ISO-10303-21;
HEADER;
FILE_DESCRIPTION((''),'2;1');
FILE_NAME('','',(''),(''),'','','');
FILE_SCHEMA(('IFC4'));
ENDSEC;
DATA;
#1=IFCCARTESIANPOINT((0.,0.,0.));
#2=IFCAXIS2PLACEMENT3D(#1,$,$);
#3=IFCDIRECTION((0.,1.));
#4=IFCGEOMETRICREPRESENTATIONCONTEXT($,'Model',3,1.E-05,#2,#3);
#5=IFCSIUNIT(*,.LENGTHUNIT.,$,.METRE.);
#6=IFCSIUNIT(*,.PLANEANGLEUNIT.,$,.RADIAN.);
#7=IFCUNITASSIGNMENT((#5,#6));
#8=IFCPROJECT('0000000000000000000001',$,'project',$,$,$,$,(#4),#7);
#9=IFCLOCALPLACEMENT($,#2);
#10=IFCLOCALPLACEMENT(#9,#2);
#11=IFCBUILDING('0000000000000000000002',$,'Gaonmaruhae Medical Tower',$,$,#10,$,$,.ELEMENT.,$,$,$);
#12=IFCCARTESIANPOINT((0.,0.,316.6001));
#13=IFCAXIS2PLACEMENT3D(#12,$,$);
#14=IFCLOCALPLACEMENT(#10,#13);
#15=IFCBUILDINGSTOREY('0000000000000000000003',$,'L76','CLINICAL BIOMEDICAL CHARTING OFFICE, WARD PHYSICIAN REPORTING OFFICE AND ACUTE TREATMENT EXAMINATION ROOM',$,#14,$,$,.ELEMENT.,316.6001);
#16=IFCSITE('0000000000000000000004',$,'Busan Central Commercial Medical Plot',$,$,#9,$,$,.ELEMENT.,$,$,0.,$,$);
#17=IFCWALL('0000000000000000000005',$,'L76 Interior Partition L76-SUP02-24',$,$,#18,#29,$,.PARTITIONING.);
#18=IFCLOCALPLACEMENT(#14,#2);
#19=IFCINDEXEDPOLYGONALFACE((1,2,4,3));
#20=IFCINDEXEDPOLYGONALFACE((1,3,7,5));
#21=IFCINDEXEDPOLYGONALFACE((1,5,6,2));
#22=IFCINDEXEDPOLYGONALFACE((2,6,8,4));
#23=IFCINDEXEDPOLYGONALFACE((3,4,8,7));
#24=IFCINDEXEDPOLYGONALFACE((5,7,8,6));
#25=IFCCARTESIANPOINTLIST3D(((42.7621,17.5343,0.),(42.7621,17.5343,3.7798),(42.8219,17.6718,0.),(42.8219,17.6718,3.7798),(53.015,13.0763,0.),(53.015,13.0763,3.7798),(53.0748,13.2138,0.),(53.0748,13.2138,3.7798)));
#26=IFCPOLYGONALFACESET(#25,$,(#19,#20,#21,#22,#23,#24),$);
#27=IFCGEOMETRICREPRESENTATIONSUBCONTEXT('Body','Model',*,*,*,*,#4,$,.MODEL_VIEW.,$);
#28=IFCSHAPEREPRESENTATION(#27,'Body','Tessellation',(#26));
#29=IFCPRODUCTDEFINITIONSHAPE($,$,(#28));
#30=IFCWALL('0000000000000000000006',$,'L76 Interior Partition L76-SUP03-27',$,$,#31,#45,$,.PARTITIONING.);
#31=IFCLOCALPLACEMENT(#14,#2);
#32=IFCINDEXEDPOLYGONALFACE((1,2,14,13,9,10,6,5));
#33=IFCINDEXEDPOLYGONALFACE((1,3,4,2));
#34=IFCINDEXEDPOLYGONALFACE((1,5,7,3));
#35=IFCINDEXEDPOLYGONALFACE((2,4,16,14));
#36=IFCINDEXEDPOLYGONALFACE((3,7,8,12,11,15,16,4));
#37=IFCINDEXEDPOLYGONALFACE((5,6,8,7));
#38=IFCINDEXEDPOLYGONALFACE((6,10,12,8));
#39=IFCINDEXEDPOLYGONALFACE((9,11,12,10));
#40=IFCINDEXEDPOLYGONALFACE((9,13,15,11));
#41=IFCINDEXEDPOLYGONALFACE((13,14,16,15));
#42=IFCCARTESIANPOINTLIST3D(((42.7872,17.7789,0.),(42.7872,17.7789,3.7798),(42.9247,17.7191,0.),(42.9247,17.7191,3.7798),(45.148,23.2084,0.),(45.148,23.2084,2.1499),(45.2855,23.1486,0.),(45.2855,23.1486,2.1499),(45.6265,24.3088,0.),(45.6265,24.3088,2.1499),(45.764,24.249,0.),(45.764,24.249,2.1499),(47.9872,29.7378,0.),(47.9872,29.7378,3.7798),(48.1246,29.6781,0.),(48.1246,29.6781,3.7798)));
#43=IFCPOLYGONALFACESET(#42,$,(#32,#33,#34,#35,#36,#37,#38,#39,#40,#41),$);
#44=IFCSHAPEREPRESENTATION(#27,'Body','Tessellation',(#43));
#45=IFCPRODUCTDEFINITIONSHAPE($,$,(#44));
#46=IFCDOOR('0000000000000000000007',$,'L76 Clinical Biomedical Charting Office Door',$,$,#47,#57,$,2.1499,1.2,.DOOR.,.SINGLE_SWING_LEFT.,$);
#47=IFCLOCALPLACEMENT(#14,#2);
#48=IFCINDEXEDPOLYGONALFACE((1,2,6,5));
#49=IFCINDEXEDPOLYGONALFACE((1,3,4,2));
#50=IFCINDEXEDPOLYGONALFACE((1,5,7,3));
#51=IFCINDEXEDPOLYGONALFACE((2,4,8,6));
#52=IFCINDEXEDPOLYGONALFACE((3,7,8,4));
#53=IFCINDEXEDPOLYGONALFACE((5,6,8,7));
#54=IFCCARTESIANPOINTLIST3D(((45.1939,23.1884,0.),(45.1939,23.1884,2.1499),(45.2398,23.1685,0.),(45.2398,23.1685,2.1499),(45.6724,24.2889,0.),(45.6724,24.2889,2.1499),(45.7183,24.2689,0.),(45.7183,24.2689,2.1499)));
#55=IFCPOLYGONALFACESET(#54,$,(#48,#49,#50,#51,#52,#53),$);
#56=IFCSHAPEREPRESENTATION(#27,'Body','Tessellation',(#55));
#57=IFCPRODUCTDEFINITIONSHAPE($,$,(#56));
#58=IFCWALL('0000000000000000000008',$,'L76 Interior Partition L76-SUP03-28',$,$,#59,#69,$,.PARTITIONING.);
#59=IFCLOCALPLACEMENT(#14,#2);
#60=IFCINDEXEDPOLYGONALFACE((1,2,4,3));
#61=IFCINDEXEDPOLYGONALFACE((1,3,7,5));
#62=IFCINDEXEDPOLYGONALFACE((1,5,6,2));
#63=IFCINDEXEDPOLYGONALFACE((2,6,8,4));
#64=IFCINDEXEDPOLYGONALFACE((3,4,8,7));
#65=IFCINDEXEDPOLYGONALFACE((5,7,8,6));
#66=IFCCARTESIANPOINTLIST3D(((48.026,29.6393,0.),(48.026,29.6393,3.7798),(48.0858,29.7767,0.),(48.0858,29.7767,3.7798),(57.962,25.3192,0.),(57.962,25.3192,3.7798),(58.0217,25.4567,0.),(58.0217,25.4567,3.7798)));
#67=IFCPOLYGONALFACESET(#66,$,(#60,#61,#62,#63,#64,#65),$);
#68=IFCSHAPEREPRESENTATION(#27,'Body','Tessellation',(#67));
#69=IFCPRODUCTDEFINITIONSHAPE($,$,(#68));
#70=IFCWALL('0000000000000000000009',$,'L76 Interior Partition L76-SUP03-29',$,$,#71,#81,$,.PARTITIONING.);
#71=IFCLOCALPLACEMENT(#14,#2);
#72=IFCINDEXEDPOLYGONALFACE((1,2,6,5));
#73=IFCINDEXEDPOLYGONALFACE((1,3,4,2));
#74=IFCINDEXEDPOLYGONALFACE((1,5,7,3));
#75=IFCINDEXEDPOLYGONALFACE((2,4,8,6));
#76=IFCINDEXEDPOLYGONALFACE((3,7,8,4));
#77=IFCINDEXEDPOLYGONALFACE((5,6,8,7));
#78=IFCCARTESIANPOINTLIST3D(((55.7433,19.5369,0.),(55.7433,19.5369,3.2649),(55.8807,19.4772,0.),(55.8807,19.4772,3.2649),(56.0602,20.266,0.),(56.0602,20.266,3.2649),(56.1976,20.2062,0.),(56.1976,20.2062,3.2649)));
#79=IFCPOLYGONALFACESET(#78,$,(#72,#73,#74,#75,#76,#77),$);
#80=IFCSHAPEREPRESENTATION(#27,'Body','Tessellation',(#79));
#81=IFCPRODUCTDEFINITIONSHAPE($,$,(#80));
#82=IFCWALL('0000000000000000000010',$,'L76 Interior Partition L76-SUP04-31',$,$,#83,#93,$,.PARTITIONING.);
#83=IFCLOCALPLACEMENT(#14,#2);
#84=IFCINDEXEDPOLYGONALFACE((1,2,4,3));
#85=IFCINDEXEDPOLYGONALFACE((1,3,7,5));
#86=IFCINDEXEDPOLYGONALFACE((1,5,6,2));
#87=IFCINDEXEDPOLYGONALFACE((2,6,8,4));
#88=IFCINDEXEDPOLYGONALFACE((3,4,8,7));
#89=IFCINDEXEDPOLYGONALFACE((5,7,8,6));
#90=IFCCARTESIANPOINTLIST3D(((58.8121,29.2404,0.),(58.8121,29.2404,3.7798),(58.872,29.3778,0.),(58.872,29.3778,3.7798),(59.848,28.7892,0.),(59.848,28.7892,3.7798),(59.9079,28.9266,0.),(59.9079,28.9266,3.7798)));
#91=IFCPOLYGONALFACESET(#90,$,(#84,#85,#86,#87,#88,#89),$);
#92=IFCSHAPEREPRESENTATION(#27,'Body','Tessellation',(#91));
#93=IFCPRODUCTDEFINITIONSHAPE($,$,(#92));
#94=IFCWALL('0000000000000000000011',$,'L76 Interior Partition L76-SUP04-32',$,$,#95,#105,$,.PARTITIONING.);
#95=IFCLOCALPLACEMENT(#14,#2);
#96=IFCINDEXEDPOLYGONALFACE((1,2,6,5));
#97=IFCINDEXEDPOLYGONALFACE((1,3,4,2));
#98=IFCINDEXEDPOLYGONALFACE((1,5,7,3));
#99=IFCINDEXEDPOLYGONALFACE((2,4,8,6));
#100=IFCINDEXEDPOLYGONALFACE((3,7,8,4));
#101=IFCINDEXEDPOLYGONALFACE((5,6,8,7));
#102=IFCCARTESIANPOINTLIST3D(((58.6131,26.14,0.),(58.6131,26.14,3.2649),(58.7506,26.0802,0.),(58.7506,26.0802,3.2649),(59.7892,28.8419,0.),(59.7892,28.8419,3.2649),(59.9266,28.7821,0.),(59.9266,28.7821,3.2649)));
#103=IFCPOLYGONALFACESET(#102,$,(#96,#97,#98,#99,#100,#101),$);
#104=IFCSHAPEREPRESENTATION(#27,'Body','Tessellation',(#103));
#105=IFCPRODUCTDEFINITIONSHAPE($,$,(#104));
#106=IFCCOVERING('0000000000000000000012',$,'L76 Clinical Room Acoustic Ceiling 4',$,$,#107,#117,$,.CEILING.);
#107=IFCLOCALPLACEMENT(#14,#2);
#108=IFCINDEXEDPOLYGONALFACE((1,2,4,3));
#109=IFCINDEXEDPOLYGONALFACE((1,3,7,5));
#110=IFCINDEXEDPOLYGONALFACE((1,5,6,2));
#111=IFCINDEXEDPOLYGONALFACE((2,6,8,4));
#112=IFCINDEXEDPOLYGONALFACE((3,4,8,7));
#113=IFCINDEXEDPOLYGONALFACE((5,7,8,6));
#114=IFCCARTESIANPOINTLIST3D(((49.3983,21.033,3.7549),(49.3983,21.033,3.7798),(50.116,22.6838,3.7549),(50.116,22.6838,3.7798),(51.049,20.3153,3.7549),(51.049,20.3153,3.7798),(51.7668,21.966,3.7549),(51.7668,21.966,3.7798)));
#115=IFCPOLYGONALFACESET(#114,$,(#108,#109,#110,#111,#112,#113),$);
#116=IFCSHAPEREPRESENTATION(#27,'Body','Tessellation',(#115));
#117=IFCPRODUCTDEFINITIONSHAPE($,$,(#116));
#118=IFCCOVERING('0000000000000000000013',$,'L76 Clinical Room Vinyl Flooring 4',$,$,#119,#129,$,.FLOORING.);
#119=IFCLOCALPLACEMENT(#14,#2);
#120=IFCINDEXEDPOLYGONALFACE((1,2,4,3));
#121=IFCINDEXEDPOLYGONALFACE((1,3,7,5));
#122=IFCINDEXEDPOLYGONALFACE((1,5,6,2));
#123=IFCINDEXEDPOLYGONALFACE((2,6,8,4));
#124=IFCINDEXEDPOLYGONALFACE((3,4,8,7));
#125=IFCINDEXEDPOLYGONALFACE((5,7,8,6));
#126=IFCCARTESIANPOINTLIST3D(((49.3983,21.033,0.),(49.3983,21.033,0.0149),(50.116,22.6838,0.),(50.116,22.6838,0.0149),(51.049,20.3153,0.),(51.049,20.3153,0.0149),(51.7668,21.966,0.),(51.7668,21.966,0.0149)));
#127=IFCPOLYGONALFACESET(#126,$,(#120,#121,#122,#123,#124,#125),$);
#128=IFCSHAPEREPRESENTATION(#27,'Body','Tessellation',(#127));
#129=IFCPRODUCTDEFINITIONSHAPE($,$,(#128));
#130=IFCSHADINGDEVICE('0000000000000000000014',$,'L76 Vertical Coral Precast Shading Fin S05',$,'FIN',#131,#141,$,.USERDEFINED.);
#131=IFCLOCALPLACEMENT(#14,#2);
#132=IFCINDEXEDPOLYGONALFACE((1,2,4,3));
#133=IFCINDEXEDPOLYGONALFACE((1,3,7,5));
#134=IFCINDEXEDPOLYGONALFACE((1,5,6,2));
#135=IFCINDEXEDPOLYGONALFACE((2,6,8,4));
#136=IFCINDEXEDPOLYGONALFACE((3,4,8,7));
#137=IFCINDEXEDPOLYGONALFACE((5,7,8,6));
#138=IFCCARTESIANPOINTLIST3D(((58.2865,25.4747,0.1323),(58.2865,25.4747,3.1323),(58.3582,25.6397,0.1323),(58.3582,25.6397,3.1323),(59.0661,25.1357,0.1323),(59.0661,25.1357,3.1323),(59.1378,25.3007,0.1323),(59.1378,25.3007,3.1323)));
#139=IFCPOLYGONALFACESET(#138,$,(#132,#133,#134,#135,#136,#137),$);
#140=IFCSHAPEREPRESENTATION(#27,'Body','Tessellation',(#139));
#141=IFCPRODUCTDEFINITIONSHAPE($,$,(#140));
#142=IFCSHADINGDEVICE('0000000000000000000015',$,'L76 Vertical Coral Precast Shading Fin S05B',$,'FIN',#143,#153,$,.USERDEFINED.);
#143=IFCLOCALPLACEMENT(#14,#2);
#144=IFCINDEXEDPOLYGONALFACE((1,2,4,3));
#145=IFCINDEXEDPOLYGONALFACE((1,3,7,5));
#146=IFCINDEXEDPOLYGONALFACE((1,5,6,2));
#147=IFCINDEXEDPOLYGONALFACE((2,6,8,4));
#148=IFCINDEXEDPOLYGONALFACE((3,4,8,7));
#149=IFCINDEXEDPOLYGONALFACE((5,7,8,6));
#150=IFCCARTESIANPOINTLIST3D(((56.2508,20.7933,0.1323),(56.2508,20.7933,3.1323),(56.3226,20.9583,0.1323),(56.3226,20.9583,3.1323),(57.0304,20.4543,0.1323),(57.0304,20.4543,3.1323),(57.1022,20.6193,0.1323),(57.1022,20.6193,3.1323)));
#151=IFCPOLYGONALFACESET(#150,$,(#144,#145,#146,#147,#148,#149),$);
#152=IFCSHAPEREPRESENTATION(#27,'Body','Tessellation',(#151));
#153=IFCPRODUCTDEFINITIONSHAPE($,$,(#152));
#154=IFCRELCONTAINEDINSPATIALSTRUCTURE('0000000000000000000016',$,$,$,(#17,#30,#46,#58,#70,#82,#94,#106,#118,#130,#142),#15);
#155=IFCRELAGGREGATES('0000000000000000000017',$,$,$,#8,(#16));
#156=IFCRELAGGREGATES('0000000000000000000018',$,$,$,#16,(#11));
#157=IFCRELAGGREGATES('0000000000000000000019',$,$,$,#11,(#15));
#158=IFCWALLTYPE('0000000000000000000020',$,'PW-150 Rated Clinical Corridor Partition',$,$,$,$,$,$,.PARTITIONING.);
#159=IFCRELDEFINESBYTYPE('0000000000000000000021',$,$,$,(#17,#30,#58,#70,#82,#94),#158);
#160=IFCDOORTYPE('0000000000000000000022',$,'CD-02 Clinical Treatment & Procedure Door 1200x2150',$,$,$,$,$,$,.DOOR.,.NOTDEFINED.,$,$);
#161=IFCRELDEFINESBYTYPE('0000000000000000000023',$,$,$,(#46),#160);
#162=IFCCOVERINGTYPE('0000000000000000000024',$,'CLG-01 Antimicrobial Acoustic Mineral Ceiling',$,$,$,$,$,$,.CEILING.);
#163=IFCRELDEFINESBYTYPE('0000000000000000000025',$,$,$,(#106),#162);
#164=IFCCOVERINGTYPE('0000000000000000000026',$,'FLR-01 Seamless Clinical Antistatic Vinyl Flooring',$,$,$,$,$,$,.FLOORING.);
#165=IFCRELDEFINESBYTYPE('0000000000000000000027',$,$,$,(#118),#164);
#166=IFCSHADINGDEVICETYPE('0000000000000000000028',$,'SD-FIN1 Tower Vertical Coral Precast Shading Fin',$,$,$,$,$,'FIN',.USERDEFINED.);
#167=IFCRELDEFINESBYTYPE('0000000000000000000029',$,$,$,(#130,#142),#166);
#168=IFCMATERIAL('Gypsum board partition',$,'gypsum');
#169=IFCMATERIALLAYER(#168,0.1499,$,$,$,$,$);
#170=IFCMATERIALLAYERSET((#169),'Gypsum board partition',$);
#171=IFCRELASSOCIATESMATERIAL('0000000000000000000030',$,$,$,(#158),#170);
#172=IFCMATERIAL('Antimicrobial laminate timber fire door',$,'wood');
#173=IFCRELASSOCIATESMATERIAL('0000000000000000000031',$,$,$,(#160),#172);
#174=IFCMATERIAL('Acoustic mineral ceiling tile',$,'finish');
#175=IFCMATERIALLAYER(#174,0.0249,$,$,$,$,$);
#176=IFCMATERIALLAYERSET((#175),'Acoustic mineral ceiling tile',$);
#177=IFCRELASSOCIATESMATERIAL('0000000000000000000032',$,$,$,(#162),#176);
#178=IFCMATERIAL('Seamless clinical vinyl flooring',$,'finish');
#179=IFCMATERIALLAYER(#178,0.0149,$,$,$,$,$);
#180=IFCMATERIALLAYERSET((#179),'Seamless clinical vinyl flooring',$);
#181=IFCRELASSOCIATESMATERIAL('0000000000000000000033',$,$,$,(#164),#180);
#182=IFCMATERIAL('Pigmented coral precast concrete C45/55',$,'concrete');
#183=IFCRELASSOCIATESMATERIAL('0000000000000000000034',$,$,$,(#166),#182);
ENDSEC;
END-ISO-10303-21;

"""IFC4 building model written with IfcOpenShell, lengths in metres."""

from ifc_helpers import new_model, si_unit, direction, frame, frame_2d, origin, origin_2d, place, context, subcontext, project, spatial, rectangle, extrude, material, layer, layer_set, type_object, element, fill, save


model = new_model("IFC4")

# Units and contexts
model_context = context("Model", 3, precision=1e-05, world=origin(), true_north=direction((0.0, 1.0)))
body_context = subcontext(model_context, "Body", "Model", "MODEL_VIEW")
ifc_project = project(units=[si_unit("LENGTHUNIT", "METRE"), si_unit("PLANEANGLEUNIT", "RADIAN")], contexts=[model_context])

# Site, building, storey
site_placement = place(None, origin())
site = spatial("IfcSite", under=ifc_project, at=site_placement, Name="Busan Central Commercial Medical Plot", CompositionType="ELEMENT", RefElevation=0.0)
building_placement = place(site_placement, origin())
building = spatial("IfcBuilding", under=site, at=building_placement, Name="Gaonmaruhae Medical Tower", CompositionType="ELEMENT")
storey_placement = place(building_placement, frame((0.0, 0.0, 316.6001)))
storey = spatial("IfcBuildingStorey", under=building, at=storey_placement, Name="L76", Description="CLINICAL BIOMEDICAL CHARTING OFFICE, WARD PHYSICIAN REPORTING OFFICE AND ACUTE TREATMENT EXAMINATION ROOM", CompositionType="ELEMENT", Elevation=316.6001)

# Wall
ifc_material_1 = material(Name="Gypsum board partition", Category="gypsum")
ifc_layer_1 = layer(ifc_material_1, 0.1499)
ifc_layer_set_1 = layer_set([ifc_layer_1], Name="Gypsum board partition")
wall_type_1 = type_object("IfcWallType", Name="PW-150 Rated Clinical Corridor Partition", PredefinedType="PARTITIONING", material=ifc_layer_set_1)
wall_1_placement = place(storey_placement, frame((42.792, 17.603, 0.0), z_axis=(0.0, 0.0, 1.0), x_axis=(0.917063, -0.398742, 0.0)))
element("IfcWall", 1, at=wall_1_placement, inside=storey, type_object=wall_type_1, Name="L76 Interior Partition L76-SUP02-24", PredefinedType="PARTITIONING", context=body_context, shape_type="SweptSolid", body=[
    extrude(rectangle(XDim=11.1802, YDim=0.1499, at=frame_2d((5.5901, 0.0))), origin(), (0.0, 0.0, 1.0), 3.7798),
])

# Wall, opening, door
wall_2_placement = place(storey_placement, frame((42.856, 17.749, 0.0), z_axis=(0.0, 0.0, 1.0), x_axis=(0.398751, 0.917059, 0.0)))
wall_2 = element("IfcWall", 2, at=wall_2_placement, inside=storey, type_object=wall_type_1, Name="L76 Interior Partition L76-SUP03-27", PredefinedType="PARTITIONING", context=body_context, shape_type="SweptSolid", body=[
    extrude(rectangle(XDim=13.0405, YDim=0.1499, at=frame_2d((6.5203, 0.0))), origin(), (0.0, 0.0, 1.0), 3.7798),
])
opening_1_placement = place(wall_2_placement, frame((5.9204, 0.0, 0.0)))
opening_1 = element("IfcOpeningElement", 3, at=opening_1_placement, cuts=wall_2, PredefinedType="OPENING", context=body_context, shape_type="SweptSolid", body=[
    extrude(rectangle(XDim=1.2, YDim=2.1499, at=frame_2d((0.6001, 1.075))), frame((0.0, 0.085, 0.0), z_axis=(0.0, -1.0, 0.0), x_axis=(1.0, 0.0, 0.0)), (0.0, 0.0, 1.0), 0.1699),
])
ifc_material_2 = material(Name="Antimicrobial laminate timber fire door", Category="wood")
door_type = type_object("IfcDoorType", Name="CD-02 Clinical Treatment & Procedure Door 1200x2150", OperationType="NOTDEFINED", PredefinedType="DOOR", material=ifc_material_2)
door_1_placement = place(opening_1_placement, origin())
door_1 = element("IfcDoor", 4, at=door_1_placement, inside=storey, type_object=door_type, Name="L76 Clinical Biomedical Charting Office Door", OperationType="SINGLE_SWING_LEFT", OverallHeight=2.1499, OverallWidth=1.2, PredefinedType="DOOR", context=body_context, shape_type="SweptSolid", body=[
    extrude(rectangle(XDim=1.2, YDim=2.1499, at=frame_2d((0.6001, 1.075))), frame((0.0, 0.0249, 0.0), z_axis=(0.0, -1.0, 0.0), x_axis=(1.0, 0.0, 0.0)), (0.0, 0.0, 1.0), 0.05),
])
fill(opening_1, door_1)

# Walls
wall_3_placement = place(storey_placement, frame((48.0559, 29.708, 0.0), z_axis=(0.0, 0.0, 1.0), x_axis=(0.917068, -0.39873, 0.0)))
element("IfcWall", 5, at=wall_3_placement, inside=storey, type_object=wall_type_1, Name="L76 Interior Partition L76-SUP03-28", PredefinedType="PARTITIONING", context=body_context, shape_type="SweptSolid", body=[
    extrude(rectangle(XDim=10.8345, YDim=0.1499, at=frame_2d((5.4172, 0.0))), origin(), (0.0, 0.0, 1.0), 3.7798),
])
wall_4_placement = place(storey_placement, frame((56.1289, 20.2361, 0.0), z_axis=(0.0, 0.0, 1.0), x_axis=(-0.398659, -0.917099, 0.0)))
element("IfcWall", 6, at=wall_4_placement, inside=storey, type_object=wall_type_1, Name="L76 Interior Partition L76-SUP03-29", PredefinedType="PARTITIONING", context=body_context, shape_type="SweptSolid", body=[
    extrude(rectangle(XDim=0.7949, YDim=0.1499, at=frame_2d((0.3975, 0.0))), origin(), (0.0, 0.0, 1.0), 3.2649),
])
wall_5_placement = place(storey_placement, frame((58.842, 29.3091, 0.0), z_axis=(0.0, 0.0, 1.0), x_axis=(0.916816, -0.399311, 0.0)))
element("IfcWall", 7, at=wall_5_placement, inside=storey, type_object=wall_type_1, Name="L76 Interior Partition L76-SUP04-31", PredefinedType="PARTITIONING", context=body_context, shape_type="SweptSolid", body=[
    extrude(rectangle(XDim=1.1299, YDim=0.1499, at=frame_2d((0.5649, 0.0))), origin(), (0.0, 0.0, 1.0), 3.7798),
])
wall_6_placement = place(storey_placement, frame((59.8579, 28.812, 0.0), z_axis=(0.0, 0.0, 1.0), x_axis=(-0.399093, -0.916911, 0.0)))
element("IfcWall", 8, at=wall_6_placement, inside=storey, type_object=wall_type_1, Name="L76 Interior Partition L76-SUP04-32", PredefinedType="PARTITIONING", context=body_context, shape_type="SweptSolid", body=[
    extrude(rectangle(XDim=2.9468, YDim=0.1499, at=frame_2d((1.4734, 0.0))), origin(), (0.0, 0.0, 1.0), 3.2649),
])

# Coverings
ifc_material_3 = material(Name="Acoustic mineral ceiling tile", Category="finish")
ifc_layer_2 = layer(ifc_material_3, 0.0249)
ifc_layer_set_2 = layer_set([ifc_layer_2], Name="Acoustic mineral ceiling tile")
covering_type_1 = type_object("IfcCoveringType", Name="CLG-01 Antimicrobial Acoustic Mineral Ceiling", PredefinedType="CEILING", material=ifc_layer_set_2)
covering_1_placement = place(storey_placement, frame((50.5825, 21.4995, 3.7549), z_axis=(0.0, 0.0, 1.0), x_axis=(0.398749, 0.91706, 0.0)))
element("IfcCovering", 9, at=covering_1_placement, inside=storey, type_object=covering_type_1, Name="L76 Clinical Room Acoustic Ceiling 4", PredefinedType="CEILING", context=body_context, shape_type="SweptSolid", body=[
    extrude(rectangle(XDim=1.8, YDim=1.8, at=origin_2d()), origin(), (0.0, 0.0, 1.0), 0.0249),
])
ifc_material_4 = material(Name="Seamless clinical vinyl flooring", Category="finish")
ifc_layer_3 = layer(ifc_material_4, 0.0149)
ifc_layer_set_3 = layer_set([ifc_layer_3], Name="Seamless clinical vinyl flooring")
covering_type_2 = type_object("IfcCoveringType", Name="FLR-01 Seamless Clinical Antistatic Vinyl Flooring", PredefinedType="FLOORING", material=ifc_layer_set_3)
covering_2_placement = place(storey_placement, frame((50.5825, 21.4995, 0.0), z_axis=(0.0, 0.0, 1.0), x_axis=(0.398749, 0.91706, 0.0)))
element("IfcCovering", 10, at=covering_2_placement, inside=storey, type_object=covering_type_2, Name="L76 Clinical Room Vinyl Flooring 4", PredefinedType="FLOORING", context=body_context, shape_type="SweptSolid", body=[
    extrude(rectangle(XDim=1.8, YDim=1.8, at=origin_2d()), origin(), (0.0, 0.0, 1.0), 0.0149),
])

# Shading devices
ifc_material_5 = material(Name="Pigmented coral precast concrete C45/55", Category="concrete")
shading_device_type = type_object("IfcShadingDeviceType", Name="SD-FIN1 Tower Vertical Coral Precast Shading Fin", ElementType="FIN", PredefinedType="USERDEFINED", material=ifc_material_5)
for number, where, z_axis, x_axis, name in (
    (11, (58.7122, 25.3877, 0.1323), (0.0, 0.0, 1.0), (-0.398749, -0.91706, 0.0), "L76 Vertical Coral Precast Shading Fin S05"),
    (12, (56.6765, 20.7063, 0.1323), (0.0, 0.0, 1.0), (-0.398749, -0.91706, 0.0), "L76 Vertical Coral Precast Shading Fin S05B"),
):
    element("IfcShadingDevice", number, at=place(storey_placement, frame(where, z_axis=z_axis, x_axis=x_axis)), inside=storey, type_object=shading_device_type, Name=name, ObjectType="FIN", PredefinedType="USERDEFINED", context=body_context, shape_type="SweptSolid", body=[
        extrude(rectangle(XDim=0.1799, YDim=0.8501, at=origin_2d()), origin(), (0.0, 0.0, 1.0), 3.0),
    ])

save(model, "model.ifc")
